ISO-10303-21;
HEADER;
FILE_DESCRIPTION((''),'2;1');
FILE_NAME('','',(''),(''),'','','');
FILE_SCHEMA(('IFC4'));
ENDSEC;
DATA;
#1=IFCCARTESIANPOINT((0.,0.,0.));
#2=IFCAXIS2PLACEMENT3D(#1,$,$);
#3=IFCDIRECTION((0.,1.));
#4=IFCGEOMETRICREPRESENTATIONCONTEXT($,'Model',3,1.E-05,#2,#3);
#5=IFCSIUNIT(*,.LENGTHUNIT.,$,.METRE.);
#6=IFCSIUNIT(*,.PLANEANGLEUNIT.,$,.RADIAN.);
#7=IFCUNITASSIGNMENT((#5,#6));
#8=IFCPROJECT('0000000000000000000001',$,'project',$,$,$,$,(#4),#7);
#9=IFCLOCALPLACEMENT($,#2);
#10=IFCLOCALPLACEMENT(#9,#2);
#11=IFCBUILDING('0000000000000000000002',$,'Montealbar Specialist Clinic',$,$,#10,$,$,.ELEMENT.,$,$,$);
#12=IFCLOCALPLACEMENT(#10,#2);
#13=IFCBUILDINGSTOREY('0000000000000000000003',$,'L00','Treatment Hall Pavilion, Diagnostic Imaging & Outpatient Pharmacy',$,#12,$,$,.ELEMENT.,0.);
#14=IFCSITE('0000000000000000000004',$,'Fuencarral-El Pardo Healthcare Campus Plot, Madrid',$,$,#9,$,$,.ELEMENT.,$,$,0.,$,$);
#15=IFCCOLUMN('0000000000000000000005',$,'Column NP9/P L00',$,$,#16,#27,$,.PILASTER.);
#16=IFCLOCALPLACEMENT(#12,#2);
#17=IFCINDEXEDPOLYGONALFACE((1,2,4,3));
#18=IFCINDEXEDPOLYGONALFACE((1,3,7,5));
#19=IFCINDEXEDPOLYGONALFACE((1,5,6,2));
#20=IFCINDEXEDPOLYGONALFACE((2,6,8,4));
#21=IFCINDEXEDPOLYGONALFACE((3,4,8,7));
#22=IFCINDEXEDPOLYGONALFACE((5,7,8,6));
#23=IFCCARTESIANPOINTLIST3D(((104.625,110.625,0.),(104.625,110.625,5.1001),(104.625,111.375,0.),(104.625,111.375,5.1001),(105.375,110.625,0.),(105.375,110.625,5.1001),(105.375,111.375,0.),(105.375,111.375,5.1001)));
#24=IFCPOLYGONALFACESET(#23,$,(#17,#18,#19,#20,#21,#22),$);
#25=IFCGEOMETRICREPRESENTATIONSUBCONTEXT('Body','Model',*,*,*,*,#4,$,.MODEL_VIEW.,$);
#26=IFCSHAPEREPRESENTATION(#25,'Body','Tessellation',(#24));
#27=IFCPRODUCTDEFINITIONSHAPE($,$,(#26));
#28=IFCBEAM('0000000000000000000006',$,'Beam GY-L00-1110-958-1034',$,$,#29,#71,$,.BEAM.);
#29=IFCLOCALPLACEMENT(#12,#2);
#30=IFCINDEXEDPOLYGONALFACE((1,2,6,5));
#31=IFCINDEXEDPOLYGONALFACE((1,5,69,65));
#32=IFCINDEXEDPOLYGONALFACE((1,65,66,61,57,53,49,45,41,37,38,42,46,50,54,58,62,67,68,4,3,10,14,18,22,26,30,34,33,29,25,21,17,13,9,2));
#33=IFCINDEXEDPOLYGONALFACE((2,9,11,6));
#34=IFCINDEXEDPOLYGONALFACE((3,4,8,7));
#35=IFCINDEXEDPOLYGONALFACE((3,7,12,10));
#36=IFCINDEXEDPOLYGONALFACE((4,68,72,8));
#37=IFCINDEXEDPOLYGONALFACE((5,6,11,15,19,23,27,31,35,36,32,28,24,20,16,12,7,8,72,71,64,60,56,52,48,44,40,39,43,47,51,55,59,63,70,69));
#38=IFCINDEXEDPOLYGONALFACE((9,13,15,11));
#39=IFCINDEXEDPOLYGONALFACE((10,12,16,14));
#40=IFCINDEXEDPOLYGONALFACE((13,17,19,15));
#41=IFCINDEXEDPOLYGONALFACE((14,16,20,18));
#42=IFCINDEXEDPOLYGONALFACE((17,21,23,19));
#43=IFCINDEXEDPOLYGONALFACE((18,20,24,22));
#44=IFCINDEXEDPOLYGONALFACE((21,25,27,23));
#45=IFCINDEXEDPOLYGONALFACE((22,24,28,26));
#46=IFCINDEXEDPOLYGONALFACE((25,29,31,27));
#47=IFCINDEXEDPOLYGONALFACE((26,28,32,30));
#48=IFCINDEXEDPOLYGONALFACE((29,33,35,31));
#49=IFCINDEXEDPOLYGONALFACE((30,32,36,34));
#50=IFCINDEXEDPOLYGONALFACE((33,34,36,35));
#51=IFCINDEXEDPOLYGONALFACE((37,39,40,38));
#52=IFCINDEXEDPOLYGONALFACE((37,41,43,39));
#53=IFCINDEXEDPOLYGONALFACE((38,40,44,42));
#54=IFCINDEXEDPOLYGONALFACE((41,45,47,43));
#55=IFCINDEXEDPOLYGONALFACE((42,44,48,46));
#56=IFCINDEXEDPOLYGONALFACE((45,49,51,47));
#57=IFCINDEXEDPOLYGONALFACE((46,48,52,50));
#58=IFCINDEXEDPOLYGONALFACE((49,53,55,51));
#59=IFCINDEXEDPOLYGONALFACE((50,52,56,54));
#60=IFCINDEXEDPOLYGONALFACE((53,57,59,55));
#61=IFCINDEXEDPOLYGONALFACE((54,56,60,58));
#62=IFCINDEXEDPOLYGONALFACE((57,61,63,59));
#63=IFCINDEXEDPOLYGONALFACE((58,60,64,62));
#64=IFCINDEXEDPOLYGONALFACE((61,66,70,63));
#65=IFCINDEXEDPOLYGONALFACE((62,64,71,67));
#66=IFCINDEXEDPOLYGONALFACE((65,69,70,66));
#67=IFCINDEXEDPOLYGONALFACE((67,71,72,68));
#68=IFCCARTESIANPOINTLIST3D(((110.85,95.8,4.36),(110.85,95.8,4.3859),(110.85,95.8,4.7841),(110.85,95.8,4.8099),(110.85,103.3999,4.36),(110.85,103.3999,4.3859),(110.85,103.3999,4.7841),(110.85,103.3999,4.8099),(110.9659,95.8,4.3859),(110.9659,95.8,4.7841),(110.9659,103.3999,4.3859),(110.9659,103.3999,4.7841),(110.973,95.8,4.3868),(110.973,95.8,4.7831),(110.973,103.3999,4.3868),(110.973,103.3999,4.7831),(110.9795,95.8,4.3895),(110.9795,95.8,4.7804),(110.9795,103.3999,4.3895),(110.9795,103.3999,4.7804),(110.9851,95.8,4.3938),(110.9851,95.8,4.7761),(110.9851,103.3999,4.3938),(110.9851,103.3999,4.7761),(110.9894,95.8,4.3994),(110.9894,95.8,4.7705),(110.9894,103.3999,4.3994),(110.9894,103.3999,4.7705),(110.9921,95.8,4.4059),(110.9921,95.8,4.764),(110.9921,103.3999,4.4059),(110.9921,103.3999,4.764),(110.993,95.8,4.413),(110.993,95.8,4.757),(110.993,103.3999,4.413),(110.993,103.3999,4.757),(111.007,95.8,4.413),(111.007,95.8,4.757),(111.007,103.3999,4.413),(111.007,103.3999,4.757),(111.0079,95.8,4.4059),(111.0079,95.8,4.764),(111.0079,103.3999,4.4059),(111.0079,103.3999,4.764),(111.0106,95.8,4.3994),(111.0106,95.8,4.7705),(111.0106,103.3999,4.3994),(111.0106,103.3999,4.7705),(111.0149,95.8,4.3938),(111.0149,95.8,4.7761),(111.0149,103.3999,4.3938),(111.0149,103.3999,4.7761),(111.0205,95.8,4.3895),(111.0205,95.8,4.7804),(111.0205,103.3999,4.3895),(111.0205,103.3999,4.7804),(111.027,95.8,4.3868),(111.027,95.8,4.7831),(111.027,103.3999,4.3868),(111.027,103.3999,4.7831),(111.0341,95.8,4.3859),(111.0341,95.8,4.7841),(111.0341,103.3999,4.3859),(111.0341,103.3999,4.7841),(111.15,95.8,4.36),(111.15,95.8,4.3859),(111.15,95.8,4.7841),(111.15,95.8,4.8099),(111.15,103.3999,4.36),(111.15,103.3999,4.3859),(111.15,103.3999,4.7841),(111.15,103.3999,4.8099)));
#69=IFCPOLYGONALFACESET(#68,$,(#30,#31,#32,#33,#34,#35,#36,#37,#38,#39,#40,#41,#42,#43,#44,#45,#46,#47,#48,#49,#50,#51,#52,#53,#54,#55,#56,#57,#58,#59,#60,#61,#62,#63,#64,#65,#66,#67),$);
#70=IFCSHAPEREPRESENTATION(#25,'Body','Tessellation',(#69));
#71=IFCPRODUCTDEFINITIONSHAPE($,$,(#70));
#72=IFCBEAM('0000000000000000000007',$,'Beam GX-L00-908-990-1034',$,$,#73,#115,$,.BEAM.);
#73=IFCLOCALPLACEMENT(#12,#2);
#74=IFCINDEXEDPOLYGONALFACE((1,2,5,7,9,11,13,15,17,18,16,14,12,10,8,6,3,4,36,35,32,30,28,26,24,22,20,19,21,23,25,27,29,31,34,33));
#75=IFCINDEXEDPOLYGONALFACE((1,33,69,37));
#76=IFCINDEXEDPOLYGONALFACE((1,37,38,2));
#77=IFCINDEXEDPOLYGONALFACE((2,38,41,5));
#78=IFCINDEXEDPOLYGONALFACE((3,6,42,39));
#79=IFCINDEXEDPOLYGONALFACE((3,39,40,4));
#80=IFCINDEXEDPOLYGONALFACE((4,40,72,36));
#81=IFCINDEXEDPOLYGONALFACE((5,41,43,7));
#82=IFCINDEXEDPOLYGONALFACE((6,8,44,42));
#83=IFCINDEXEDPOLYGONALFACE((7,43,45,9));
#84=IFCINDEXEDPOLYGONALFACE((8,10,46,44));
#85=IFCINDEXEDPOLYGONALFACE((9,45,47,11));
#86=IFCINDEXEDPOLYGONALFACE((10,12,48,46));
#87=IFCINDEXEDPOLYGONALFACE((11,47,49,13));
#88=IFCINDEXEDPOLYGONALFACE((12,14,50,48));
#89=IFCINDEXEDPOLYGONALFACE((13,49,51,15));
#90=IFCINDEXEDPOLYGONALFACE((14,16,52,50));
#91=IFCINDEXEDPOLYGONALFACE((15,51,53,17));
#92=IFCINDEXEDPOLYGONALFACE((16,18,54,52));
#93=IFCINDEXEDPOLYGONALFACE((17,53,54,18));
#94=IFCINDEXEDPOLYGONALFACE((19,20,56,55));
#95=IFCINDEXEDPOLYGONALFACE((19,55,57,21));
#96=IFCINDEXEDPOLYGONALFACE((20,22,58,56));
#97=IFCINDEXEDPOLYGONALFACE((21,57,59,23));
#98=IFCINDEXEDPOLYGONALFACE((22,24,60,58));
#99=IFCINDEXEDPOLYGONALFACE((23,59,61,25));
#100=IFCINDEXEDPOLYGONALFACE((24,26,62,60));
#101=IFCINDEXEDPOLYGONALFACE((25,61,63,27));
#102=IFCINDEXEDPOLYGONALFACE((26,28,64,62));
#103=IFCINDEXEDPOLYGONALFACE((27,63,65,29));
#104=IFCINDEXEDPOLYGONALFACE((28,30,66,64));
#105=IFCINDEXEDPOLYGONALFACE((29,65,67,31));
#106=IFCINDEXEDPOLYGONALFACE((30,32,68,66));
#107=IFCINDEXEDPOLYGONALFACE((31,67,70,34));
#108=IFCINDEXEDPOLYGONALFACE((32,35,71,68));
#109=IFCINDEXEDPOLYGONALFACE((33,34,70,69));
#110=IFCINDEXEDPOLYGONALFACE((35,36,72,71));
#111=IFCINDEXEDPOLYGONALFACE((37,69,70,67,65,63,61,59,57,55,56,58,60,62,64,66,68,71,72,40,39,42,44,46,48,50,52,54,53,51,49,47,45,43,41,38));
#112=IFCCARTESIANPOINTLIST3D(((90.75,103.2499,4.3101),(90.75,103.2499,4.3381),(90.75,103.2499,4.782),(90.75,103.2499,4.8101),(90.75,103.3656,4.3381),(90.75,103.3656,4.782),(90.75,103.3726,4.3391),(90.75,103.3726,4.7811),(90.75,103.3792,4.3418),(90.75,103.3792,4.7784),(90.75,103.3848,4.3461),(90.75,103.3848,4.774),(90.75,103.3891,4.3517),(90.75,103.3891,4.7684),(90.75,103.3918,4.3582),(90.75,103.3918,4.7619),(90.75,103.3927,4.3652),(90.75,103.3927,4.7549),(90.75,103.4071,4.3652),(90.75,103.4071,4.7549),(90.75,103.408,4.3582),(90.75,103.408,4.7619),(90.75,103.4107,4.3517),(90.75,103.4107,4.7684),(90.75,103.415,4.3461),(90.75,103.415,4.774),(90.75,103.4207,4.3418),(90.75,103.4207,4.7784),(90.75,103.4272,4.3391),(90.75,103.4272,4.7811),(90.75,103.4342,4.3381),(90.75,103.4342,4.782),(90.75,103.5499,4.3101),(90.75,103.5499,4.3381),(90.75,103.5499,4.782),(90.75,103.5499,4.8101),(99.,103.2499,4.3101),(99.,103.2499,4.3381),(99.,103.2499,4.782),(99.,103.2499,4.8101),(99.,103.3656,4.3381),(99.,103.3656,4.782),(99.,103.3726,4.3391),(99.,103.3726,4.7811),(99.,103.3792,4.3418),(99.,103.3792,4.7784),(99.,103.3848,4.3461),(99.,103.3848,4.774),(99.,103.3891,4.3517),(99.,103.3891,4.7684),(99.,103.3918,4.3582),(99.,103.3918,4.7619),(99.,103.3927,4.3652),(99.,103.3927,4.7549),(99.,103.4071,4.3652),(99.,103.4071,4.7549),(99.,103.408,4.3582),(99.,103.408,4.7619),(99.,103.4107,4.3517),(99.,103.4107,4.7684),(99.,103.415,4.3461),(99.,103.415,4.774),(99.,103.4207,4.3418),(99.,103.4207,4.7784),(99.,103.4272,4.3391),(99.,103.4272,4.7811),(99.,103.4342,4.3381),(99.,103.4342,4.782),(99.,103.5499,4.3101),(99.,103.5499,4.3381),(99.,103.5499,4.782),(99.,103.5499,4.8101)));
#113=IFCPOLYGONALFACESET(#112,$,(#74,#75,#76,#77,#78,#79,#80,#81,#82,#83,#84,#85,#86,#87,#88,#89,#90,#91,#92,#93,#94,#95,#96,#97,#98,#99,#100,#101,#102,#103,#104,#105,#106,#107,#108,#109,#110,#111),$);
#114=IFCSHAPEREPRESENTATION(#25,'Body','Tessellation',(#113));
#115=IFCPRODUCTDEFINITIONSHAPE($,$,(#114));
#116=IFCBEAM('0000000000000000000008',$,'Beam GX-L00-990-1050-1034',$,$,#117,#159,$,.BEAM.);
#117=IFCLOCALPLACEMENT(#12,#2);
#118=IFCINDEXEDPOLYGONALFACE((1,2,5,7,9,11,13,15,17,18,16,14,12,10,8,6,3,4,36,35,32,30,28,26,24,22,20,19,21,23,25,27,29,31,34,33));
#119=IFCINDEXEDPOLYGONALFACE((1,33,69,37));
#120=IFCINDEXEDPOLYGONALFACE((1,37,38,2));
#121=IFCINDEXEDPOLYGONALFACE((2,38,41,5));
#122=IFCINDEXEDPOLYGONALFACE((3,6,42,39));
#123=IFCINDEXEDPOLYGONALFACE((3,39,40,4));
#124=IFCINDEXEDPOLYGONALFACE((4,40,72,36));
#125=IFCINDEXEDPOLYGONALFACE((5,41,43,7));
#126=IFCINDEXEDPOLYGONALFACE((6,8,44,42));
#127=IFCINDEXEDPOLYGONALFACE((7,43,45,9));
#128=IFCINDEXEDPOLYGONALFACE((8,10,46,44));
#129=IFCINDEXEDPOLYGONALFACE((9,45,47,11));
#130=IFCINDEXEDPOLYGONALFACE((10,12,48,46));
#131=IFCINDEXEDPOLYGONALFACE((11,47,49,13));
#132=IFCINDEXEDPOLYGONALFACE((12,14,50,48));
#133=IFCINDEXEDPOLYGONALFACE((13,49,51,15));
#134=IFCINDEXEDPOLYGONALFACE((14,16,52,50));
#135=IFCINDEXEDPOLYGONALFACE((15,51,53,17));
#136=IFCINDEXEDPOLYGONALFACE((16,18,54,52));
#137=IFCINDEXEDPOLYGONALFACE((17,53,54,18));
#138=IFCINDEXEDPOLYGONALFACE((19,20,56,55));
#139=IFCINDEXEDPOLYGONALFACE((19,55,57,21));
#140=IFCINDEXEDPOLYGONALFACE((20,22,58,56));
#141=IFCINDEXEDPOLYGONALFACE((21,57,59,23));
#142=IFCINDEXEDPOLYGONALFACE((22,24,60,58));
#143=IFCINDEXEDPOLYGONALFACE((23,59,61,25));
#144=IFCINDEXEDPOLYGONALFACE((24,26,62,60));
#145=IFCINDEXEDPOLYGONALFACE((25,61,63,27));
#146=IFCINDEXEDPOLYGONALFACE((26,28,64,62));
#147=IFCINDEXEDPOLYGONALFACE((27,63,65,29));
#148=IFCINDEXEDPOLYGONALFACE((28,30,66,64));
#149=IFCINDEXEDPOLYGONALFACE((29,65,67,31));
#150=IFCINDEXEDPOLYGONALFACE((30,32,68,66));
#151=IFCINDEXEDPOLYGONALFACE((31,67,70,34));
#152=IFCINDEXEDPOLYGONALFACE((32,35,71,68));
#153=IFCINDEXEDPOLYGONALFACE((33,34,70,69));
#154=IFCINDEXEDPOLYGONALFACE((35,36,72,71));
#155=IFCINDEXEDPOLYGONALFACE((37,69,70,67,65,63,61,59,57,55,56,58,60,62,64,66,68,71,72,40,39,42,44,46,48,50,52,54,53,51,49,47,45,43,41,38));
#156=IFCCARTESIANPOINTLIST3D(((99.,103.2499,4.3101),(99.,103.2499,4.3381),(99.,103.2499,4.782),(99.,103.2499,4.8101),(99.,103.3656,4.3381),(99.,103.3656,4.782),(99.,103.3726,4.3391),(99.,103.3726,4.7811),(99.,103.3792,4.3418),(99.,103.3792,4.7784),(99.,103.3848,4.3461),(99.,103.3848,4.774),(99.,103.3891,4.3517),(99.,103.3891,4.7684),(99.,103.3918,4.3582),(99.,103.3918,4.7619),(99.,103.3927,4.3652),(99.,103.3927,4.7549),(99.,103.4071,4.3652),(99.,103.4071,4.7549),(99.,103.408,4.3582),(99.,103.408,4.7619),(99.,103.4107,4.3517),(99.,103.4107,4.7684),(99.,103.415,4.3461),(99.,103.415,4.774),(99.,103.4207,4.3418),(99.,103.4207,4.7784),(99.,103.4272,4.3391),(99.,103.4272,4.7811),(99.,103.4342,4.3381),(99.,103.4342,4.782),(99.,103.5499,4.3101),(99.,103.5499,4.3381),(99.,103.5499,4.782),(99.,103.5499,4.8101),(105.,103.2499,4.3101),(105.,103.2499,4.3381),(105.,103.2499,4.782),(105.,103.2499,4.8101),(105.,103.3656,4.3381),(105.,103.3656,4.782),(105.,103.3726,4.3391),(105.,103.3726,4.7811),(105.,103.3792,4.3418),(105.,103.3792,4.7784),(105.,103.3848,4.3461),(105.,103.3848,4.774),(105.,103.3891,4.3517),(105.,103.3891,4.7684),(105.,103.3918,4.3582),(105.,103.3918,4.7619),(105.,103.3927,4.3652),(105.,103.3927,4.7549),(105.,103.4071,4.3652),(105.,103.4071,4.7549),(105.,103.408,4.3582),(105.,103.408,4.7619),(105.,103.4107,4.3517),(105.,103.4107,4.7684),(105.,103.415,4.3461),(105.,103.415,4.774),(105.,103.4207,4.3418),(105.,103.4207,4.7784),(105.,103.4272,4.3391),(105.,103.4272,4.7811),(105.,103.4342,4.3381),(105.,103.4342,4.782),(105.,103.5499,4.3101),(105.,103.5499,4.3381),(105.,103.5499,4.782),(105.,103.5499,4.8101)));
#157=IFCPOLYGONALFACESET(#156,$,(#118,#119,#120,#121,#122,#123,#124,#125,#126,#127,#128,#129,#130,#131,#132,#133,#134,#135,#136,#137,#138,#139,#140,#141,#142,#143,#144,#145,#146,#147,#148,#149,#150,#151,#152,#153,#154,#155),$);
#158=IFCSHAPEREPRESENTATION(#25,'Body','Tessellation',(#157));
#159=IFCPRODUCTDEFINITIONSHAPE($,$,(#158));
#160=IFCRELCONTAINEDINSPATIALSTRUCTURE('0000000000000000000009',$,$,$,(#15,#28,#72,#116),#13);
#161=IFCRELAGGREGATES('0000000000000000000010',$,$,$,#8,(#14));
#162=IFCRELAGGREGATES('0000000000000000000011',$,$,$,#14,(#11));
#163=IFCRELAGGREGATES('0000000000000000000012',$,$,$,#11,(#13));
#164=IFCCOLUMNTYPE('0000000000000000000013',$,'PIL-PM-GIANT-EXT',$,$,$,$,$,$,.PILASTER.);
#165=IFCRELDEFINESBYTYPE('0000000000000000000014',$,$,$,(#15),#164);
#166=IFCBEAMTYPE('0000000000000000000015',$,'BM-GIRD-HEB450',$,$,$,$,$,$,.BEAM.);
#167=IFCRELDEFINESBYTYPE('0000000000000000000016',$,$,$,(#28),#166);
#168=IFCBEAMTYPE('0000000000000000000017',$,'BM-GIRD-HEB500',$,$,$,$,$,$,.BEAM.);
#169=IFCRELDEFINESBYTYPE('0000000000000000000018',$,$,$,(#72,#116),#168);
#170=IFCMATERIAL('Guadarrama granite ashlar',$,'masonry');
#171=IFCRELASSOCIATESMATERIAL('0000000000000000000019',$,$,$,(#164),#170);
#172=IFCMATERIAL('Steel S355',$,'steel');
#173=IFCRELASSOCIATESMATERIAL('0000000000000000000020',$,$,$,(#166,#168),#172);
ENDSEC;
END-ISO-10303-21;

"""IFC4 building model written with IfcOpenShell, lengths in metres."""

from ifc_helpers import new_model, si_unit, direction, frame, origin, origin_2d, place, context, subcontext, project, spatial, rectangle, i_section, extrude, material, material_profile, profile_set, type_object, element, save


model = new_model("IFC4")

# Units and contexts
model_context = context("Model", 3, precision=1e-05, world=origin(), true_north=direction((0.0, 1.0)))
body_context = subcontext(model_context, "Body", "Model", "MODEL_VIEW")
ifc_project = project(units=[si_unit("LENGTHUNIT", "METRE"), si_unit("PLANEANGLEUNIT", "RADIAN")], contexts=[model_context])

# Site, building, storey
site_placement = place(None, origin())
site = spatial("IfcSite", under=ifc_project, at=site_placement, Name="Fuencarral-El Pardo Healthcare Campus Plot, Madrid", CompositionType="ELEMENT", RefElevation=0.0)
building_placement = place(site_placement, origin())
building = spatial("IfcBuilding", under=site, at=building_placement, Name="Montealbar Specialist Clinic", CompositionType="ELEMENT")
storey_placement = place(building_placement, origin())
storey = spatial("IfcBuildingStorey", under=building, at=storey_placement, Name="L00", Description="Treatment Hall Pavilion, Diagnostic Imaging & Outpatient Pharmacy", CompositionType="ELEMENT", Elevation=0.0)

# Column
ifc_material_1 = material(Name="Steel S355", Category="steel")
ifc_material_2 = material(Name="Guadarrama granite ashlar", Category="masonry")
ifc_material_profile_1 = material_profile(ifc_material_2, rectangle(XDim=0.75, YDim=0.75, at=origin_2d()), Name="GRANITE PILASTER 750x750", Category="masonry")
ifc_profile_set_1 = profile_set([ifc_material_profile_1], Name="Guadarrama granite ashlar")
column_type_1 = type_object("IfcColumnType", Name="PIL-PM-GIANT-EXT", PredefinedType="PILASTER", material=ifc_profile_set_1)
for number, where, z_axis, x_axis, name in (
    (1, (105.0, 111.0, 0.0), (0.0, 0.0, 1.0), (1.0, 0.0, 0.0), "Column NP9/P L00"),
):
    element("IfcColumn", number, at=place(storey_placement, frame(where, z_axis=z_axis, x_axis=x_axis)), inside=storey, type_object=column_type_1, Name=name, PredefinedType="PILASTER", context=body_context, shape_type="SweptSolid", body=[
        extrude(rectangle(XDim=0.75, YDim=0.75, at=origin_2d()), origin(), (0.0, 0.0, 1.0), 5.1001),
    ])

# Beams
ifc_material_profile_2 = material_profile(ifc_material_1, i_section(OverallWidth=0.3, OverallDepth=0.45, WebThickness=0.0139, FlangeThickness=0.0259, FilletRadius=0.0271, at=origin_2d()), Name="HEB 450", Category="steel")
ifc_profile_set_2 = profile_set([ifc_material_profile_2], Name="Steel S355")
beam_type_1 = type_object("IfcBeamType", Name="BM-GIRD-HEB450", PredefinedType="BEAM", material=ifc_profile_set_2)
beam_1_placement = place(storey_placement, frame((111.0, 95.8, 4.585), z_axis=(0.0, 1.0, 0.0), x_axis=(-1.0, 0.0, 0.0)))
element("IfcBeam", 2, at=beam_1_placement, inside=storey, type_object=beam_type_1, Name="Beam GY-L00-1110-958-1034", PredefinedType="BEAM", context=body_context, shape_type="SweptSolid", body=[
    extrude(i_section(OverallWidth=0.3, OverallDepth=0.45, WebThickness=0.0139, FlangeThickness=0.0259, FilletRadius=0.0271, at=origin_2d()), origin(), (0.0, 0.0, 1.0), 7.5999),
])
ifc_material_profile_3 = material_profile(ifc_material_1, i_section(OverallWidth=0.3, OverallDepth=0.5, WebThickness=0.0144, FlangeThickness=0.0281, FilletRadius=0.0271, at=origin_2d()), Name="HEB 500", Category="steel")
ifc_profile_set_3 = profile_set([ifc_material_profile_3], Name="Steel S355")
beam_type_2 = type_object("IfcBeamType", Name="BM-GIRD-HEB500", PredefinedType="BEAM", material=ifc_profile_set_3)
beam_2_placement = place(storey_placement, frame((90.75, 103.3999, 4.5601), z_axis=(1.0, 0.0, 0.0), x_axis=(0.0, 1.0, 0.0)))
element("IfcBeam", 3, at=beam_2_placement, inside=storey, type_object=beam_type_2, Name="Beam GX-L00-908-990-1034", PredefinedType="BEAM", context=body_context, shape_type="SweptSolid", body=[
    extrude(i_section(OverallWidth=0.3, OverallDepth=0.5, WebThickness=0.0144, FlangeThickness=0.0281, FilletRadius=0.0271, at=origin_2d()), origin(), (0.0, 0.0, 1.0), 8.25),
])
for number, where, z_axis, x_axis, name in (
    (4, (99.0, 103.3999, 4.5601), (1.0, 0.0, 0.0), (0.0, 1.0, 0.0), "Beam GX-L00-990-1050-1034"),
):
    element("IfcBeam", number, at=place(storey_placement, frame(where, z_axis=z_axis, x_axis=x_axis)), inside=storey, type_object=beam_type_2, Name=name, PredefinedType="BEAM", context=body_context, shape_type="SweptSolid", body=[
        extrude(i_section(OverallWidth=0.3, OverallDepth=0.5, WebThickness=0.0144, FlangeThickness=0.0281, FilletRadius=0.0271, at=origin_2d()), origin(), (0.0, 0.0, 1.0), 6.0),
    ])

save(model, "model.ifc")
